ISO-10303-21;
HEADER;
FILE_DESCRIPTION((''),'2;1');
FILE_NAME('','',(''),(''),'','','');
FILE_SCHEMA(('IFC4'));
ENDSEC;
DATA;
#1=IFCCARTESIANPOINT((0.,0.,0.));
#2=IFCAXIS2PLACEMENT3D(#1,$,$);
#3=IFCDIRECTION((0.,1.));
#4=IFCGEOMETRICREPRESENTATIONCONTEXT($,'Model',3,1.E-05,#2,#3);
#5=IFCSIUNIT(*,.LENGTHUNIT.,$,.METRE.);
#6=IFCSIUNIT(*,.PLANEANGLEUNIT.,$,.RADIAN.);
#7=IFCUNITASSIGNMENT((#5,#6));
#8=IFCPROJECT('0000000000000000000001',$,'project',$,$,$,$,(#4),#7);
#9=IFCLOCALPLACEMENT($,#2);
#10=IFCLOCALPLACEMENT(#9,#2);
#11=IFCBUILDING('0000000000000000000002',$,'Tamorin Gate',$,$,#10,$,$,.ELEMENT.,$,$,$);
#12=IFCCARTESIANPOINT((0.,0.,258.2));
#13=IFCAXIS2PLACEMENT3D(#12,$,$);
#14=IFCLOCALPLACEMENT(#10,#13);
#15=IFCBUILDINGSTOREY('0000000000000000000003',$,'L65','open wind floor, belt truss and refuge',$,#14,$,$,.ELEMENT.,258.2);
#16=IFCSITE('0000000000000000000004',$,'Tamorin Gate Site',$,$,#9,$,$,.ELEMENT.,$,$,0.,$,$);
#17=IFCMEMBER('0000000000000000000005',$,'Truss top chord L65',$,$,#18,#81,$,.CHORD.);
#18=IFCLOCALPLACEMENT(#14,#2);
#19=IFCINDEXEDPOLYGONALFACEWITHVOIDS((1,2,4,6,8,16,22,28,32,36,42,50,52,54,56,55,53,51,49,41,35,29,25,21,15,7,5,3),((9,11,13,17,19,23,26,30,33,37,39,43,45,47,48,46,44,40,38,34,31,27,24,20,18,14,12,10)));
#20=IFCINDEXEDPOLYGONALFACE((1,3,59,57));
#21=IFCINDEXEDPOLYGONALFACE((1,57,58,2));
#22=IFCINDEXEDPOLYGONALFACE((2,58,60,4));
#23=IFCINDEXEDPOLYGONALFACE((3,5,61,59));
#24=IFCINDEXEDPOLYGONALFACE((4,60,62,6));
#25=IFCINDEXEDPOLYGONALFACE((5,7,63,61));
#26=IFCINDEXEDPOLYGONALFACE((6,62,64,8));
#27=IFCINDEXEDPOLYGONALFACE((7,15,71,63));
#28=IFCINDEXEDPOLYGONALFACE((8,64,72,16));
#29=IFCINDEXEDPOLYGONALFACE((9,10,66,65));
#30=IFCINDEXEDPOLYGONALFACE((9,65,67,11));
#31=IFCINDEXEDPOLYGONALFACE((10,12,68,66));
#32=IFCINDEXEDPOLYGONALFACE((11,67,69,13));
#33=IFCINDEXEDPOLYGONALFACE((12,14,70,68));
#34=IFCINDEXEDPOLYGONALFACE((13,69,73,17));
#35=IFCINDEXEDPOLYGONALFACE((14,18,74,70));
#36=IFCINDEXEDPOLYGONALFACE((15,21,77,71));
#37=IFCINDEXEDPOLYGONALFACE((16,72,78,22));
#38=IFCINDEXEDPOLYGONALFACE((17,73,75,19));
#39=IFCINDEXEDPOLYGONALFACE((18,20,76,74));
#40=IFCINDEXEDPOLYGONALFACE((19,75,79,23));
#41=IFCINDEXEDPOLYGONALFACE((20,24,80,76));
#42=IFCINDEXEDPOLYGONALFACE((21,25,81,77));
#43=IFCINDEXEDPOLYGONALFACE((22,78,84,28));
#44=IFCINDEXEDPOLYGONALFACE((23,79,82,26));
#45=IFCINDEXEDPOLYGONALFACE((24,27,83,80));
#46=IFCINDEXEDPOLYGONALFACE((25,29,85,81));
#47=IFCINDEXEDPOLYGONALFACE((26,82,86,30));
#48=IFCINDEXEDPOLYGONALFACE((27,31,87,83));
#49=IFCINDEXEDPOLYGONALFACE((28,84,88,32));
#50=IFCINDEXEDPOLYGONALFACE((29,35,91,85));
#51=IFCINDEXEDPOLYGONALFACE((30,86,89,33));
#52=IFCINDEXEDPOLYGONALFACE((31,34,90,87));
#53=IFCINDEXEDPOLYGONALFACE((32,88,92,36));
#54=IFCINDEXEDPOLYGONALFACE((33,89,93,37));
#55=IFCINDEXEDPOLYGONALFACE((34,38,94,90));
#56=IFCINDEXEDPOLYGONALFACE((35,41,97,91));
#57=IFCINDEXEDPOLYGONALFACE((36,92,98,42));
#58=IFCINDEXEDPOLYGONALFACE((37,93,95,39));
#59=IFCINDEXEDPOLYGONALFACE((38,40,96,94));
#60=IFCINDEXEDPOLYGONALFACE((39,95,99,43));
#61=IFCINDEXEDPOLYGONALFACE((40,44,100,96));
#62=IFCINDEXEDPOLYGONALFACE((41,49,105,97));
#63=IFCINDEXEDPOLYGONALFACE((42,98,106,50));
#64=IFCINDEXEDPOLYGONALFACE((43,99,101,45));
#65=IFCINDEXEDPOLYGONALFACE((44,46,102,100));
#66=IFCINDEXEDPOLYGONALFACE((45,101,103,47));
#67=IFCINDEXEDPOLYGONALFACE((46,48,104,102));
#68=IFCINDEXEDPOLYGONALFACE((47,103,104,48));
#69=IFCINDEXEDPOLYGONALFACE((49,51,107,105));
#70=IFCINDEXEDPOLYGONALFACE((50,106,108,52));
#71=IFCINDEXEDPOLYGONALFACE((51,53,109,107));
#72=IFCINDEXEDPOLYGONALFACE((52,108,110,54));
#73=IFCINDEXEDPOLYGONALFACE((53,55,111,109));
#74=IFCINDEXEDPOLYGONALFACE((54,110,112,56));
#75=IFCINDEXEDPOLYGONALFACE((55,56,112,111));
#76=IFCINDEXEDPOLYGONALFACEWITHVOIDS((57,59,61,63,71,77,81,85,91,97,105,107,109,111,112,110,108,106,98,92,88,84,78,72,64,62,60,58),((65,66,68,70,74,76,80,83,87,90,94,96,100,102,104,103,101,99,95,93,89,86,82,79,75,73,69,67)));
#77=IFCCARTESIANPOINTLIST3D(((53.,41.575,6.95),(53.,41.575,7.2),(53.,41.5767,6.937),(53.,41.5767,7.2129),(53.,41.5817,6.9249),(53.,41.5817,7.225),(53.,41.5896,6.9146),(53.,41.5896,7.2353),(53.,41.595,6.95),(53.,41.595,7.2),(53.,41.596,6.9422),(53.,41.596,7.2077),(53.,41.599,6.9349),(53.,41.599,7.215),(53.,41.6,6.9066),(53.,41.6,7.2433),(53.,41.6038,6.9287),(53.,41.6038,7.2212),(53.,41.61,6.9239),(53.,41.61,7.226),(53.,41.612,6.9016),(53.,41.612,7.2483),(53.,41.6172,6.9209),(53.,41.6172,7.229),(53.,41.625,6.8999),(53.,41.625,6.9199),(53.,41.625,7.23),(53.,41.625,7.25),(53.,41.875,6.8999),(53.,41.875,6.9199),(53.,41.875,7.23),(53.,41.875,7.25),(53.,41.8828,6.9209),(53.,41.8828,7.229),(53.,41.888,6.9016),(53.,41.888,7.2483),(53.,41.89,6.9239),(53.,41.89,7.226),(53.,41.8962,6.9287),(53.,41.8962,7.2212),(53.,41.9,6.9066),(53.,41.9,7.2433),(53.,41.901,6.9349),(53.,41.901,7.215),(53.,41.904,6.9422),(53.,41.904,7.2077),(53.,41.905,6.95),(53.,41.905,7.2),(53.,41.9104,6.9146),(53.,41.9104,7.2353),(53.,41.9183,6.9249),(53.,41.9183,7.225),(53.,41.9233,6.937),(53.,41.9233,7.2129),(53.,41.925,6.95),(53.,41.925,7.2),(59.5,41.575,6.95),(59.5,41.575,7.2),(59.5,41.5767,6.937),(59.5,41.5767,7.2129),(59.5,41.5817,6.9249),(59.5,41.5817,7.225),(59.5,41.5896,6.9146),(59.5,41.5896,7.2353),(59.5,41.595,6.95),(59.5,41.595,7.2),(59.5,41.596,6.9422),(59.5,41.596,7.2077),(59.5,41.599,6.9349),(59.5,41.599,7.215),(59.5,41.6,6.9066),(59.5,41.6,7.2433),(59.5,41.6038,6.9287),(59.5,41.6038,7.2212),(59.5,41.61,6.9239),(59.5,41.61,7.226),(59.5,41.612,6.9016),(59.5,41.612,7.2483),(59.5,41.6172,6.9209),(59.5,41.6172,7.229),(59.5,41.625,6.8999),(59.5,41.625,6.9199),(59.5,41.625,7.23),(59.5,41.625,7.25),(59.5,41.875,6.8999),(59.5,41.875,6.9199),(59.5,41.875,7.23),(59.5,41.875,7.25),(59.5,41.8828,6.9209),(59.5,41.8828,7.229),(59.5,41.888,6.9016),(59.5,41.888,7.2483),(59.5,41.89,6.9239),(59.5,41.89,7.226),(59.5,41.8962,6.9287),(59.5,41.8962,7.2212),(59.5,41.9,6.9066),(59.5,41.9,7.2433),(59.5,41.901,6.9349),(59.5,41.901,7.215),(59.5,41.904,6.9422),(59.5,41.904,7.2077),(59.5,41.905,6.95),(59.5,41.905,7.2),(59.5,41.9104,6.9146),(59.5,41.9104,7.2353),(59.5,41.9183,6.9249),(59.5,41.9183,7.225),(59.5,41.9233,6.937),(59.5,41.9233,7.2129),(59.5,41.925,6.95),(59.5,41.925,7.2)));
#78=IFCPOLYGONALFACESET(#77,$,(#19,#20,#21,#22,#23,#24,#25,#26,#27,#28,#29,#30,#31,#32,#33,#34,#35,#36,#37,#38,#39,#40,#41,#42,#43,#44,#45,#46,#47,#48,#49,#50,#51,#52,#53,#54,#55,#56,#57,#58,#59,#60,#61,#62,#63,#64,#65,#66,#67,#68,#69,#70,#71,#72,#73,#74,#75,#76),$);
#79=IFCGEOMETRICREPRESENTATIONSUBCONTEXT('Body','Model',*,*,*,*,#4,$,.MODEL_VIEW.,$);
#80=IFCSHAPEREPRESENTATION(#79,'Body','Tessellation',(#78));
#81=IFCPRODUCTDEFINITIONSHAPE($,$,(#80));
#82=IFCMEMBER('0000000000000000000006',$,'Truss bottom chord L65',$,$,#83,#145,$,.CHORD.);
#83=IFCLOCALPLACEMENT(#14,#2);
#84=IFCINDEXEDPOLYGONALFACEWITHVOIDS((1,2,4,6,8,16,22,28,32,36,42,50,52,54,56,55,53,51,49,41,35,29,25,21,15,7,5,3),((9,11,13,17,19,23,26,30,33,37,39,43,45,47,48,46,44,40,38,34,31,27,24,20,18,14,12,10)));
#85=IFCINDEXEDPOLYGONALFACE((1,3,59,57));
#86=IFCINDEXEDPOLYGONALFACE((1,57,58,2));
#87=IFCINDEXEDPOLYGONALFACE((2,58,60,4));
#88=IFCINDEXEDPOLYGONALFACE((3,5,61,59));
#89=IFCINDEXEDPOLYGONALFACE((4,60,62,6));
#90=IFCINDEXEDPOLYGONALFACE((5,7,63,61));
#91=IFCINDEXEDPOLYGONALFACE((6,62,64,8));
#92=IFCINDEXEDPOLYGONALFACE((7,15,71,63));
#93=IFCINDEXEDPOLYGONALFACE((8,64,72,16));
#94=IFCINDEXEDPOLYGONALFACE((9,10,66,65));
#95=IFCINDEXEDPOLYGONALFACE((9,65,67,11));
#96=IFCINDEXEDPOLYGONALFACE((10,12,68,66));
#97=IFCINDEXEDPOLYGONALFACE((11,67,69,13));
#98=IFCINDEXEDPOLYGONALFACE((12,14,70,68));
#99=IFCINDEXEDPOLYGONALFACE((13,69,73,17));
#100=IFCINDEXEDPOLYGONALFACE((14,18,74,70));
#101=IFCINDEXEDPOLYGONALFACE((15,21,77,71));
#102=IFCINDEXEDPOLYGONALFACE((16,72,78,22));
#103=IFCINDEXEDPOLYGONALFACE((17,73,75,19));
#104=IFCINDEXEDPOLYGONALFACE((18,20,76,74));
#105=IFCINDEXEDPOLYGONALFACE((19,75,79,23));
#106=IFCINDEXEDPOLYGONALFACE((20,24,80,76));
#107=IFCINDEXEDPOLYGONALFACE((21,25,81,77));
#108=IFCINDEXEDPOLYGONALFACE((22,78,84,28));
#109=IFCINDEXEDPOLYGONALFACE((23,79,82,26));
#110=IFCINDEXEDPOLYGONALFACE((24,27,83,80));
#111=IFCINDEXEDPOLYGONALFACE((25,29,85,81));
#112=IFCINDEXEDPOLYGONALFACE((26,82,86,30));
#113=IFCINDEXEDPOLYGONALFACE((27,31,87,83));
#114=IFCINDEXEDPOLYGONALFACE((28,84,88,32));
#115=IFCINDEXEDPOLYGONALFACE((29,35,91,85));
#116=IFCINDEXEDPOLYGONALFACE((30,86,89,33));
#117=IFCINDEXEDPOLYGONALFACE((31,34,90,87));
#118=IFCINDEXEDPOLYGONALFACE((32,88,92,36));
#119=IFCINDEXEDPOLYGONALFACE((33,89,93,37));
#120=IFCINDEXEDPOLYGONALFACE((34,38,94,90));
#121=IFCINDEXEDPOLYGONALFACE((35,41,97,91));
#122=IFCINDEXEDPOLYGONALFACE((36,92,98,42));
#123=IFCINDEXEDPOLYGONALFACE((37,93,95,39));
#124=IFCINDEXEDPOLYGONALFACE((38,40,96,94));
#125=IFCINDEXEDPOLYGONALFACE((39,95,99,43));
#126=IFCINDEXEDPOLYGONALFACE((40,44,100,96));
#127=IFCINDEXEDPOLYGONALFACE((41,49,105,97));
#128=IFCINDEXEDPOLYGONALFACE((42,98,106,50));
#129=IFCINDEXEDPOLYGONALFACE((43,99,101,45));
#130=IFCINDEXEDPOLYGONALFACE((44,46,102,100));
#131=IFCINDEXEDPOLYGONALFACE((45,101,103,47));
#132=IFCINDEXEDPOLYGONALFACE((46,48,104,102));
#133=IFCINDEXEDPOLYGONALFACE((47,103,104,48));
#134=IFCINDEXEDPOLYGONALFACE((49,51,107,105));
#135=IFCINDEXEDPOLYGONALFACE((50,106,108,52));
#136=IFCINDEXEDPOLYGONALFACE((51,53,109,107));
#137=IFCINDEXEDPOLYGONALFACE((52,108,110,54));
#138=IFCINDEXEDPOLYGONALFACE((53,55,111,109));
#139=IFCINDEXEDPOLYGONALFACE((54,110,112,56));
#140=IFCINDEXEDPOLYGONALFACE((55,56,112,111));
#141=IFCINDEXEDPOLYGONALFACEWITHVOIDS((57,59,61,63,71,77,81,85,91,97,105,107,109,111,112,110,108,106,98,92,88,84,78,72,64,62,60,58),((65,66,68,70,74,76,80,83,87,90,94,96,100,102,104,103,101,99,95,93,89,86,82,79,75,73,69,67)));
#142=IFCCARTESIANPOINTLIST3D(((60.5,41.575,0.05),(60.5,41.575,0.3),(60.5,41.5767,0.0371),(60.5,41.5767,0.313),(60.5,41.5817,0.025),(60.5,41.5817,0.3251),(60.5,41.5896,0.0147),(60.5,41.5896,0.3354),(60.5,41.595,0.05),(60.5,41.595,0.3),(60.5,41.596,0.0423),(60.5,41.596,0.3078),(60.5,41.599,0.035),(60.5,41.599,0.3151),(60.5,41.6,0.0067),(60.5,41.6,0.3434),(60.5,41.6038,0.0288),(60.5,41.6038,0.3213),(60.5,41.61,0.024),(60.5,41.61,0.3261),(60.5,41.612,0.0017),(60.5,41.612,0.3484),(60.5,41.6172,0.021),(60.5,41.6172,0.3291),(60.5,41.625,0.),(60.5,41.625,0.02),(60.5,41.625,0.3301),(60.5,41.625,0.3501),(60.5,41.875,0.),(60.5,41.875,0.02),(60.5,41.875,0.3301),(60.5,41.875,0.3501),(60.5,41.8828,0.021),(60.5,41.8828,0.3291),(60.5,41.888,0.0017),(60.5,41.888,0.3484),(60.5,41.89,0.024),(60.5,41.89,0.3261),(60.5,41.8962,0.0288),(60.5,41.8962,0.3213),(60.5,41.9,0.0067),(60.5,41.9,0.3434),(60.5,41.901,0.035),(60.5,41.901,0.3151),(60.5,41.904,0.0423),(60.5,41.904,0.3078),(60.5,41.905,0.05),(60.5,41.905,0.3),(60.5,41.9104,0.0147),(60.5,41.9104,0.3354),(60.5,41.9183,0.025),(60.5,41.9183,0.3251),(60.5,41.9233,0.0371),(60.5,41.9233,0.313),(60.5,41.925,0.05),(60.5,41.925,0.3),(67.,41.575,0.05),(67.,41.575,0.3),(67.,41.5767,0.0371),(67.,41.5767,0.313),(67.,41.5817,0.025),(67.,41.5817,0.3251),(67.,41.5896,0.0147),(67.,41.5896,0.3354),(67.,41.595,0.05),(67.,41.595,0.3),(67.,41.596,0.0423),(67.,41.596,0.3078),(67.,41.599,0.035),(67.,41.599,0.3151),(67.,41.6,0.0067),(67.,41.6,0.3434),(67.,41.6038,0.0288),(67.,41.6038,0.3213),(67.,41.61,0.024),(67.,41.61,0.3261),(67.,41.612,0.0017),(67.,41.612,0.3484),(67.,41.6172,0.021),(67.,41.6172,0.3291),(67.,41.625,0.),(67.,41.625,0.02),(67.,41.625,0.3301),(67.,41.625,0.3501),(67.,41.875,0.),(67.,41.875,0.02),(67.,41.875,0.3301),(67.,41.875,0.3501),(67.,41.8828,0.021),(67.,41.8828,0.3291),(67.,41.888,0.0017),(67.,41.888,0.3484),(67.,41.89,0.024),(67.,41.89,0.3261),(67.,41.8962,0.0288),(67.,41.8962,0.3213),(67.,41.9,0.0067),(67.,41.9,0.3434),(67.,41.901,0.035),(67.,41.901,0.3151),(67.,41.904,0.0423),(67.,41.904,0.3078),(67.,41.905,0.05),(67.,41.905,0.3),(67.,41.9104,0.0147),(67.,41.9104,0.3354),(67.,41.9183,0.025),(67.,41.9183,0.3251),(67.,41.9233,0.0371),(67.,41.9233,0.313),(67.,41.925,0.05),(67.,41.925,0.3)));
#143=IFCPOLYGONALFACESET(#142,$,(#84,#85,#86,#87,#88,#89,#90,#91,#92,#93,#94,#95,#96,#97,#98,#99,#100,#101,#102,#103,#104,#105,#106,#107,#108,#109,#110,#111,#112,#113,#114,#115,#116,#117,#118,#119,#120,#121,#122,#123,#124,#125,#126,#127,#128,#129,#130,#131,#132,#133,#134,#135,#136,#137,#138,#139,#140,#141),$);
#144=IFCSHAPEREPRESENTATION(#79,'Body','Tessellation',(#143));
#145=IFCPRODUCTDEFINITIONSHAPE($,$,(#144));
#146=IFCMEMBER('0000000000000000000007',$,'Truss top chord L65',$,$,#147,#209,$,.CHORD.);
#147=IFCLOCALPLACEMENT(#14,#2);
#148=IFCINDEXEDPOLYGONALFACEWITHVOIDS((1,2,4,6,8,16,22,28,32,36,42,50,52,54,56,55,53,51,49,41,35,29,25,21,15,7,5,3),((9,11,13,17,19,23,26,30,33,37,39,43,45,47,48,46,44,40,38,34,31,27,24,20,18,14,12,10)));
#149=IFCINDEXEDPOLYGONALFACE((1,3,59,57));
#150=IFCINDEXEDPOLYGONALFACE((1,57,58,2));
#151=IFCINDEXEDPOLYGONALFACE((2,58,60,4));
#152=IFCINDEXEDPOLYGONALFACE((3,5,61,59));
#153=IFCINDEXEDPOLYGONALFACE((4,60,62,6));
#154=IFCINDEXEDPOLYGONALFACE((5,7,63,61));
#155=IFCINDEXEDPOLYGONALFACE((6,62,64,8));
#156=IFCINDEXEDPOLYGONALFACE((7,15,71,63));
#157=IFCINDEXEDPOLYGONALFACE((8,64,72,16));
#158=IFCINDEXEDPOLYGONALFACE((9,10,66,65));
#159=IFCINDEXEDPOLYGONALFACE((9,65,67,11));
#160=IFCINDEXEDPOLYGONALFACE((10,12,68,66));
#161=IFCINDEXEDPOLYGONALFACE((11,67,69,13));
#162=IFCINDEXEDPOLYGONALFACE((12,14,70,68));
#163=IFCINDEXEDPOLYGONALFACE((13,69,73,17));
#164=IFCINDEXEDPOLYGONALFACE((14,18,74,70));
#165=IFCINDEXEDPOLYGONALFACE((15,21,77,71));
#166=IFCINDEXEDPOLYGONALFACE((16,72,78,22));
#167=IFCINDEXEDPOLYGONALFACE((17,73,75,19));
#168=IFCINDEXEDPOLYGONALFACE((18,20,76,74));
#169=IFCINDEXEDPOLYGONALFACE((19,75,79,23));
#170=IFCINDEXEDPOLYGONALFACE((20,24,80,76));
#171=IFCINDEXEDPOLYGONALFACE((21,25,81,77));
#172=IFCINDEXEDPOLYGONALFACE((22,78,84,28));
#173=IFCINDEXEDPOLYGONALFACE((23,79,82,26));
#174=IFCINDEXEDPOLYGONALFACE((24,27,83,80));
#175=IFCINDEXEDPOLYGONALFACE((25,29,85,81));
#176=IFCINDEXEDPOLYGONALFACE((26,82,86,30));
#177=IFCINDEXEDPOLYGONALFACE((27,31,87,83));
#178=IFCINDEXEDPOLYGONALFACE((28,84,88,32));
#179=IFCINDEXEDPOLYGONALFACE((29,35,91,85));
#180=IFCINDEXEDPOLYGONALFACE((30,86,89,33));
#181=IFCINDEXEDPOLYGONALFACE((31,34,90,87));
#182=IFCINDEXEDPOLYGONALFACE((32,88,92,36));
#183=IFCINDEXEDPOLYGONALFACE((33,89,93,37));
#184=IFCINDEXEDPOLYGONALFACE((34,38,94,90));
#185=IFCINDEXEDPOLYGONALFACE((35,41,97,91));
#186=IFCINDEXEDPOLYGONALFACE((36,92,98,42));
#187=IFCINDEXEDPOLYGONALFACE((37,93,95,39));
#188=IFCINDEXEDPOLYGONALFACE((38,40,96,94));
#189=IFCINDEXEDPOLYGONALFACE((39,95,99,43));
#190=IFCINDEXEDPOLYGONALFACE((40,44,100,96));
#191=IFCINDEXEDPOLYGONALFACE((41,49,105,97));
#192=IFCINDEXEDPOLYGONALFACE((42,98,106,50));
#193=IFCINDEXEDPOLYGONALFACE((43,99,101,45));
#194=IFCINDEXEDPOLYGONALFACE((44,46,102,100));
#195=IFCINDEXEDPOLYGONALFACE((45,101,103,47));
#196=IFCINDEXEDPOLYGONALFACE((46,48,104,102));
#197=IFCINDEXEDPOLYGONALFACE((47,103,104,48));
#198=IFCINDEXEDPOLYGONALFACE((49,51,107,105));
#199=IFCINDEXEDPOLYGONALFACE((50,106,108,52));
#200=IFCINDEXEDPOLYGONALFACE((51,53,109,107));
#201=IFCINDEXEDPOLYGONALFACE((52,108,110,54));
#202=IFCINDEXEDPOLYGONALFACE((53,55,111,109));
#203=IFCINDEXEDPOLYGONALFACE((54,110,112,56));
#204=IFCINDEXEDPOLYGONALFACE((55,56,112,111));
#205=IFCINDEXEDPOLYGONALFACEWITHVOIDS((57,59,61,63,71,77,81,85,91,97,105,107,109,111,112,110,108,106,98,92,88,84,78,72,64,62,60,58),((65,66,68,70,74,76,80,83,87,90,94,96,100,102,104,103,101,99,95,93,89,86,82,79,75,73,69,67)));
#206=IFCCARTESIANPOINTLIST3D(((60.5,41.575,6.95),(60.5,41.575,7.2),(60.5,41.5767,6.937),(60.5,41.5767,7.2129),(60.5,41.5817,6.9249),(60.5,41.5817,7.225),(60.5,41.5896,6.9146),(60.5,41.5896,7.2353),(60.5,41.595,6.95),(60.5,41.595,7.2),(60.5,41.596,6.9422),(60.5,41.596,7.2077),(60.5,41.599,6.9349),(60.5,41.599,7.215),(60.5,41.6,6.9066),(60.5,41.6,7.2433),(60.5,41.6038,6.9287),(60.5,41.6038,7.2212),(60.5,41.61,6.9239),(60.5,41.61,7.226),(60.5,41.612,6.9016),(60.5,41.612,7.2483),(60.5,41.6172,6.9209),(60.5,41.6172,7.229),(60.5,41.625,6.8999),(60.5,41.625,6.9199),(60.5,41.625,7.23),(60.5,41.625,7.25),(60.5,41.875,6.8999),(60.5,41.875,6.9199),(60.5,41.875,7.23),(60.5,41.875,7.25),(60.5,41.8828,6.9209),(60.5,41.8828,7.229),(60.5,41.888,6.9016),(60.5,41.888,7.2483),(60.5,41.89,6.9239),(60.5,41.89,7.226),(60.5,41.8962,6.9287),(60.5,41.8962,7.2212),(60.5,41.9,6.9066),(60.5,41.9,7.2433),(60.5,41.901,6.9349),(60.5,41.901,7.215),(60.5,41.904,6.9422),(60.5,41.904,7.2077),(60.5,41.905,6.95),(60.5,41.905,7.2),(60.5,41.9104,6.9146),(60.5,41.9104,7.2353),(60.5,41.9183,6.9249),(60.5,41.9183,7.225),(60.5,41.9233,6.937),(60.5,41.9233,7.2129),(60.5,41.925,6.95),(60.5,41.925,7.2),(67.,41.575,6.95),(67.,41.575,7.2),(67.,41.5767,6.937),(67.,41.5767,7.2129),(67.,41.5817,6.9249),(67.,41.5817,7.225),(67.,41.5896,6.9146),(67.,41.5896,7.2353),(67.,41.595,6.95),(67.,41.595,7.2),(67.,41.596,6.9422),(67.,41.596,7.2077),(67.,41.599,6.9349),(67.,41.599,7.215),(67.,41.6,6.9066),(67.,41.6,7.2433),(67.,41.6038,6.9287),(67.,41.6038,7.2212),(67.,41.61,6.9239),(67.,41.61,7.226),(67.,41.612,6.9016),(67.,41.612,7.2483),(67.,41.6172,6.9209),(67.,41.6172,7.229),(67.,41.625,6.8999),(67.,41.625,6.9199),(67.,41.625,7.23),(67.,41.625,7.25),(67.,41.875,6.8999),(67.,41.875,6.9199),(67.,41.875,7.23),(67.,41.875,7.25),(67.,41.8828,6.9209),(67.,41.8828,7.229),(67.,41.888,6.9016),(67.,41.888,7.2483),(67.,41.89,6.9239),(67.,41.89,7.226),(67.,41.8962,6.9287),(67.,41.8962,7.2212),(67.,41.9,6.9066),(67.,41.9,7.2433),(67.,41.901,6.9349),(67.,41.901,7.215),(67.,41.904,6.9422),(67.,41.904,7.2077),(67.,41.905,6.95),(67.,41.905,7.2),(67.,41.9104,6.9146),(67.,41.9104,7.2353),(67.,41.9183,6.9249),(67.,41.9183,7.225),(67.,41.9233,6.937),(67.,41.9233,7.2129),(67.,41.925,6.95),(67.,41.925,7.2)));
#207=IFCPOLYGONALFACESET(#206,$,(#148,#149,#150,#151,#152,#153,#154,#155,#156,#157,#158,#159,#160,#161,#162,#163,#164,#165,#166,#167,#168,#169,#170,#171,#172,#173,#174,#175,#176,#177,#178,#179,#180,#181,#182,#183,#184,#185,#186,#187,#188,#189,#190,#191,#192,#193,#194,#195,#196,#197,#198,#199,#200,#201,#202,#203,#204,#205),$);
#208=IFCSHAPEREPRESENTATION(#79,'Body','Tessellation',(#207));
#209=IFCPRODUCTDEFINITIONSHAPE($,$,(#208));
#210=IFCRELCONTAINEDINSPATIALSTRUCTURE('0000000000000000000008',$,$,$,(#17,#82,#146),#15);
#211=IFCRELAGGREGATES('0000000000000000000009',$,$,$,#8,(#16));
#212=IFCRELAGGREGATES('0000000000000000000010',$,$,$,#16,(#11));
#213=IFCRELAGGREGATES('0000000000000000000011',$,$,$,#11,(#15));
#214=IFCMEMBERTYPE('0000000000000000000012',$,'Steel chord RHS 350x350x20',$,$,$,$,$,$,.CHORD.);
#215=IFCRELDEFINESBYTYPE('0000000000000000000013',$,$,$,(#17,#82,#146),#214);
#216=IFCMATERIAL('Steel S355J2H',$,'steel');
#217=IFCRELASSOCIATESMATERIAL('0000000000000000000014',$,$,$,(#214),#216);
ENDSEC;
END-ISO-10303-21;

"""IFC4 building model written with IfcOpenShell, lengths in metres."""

from ifc_helpers import new_model, si_unit, direction, frame, origin, origin_2d, place, context, subcontext, project, spatial, hollow_rectangle, extrude, material, material_profile, profile_set, type_object, element, save


model = new_model("IFC4")

# Units and contexts
model_context = context("Model", 3, precision=1e-05, world=origin(), true_north=direction((0.0, 1.0)))
body_context = subcontext(model_context, "Body", "Model", "MODEL_VIEW")
ifc_project = project(units=[si_unit("LENGTHUNIT", "METRE"), si_unit("PLANEANGLEUNIT", "RADIAN")], contexts=[model_context])

# Site, building, storey
site_placement = place(None, origin())
site = spatial("IfcSite", under=ifc_project, at=site_placement, Name="Tamorin Gate Site", CompositionType="ELEMENT", RefElevation=0.0)
building_placement = place(site_placement, origin())
building = spatial("IfcBuilding", under=site, at=building_placement, Name="Tamorin Gate", CompositionType="ELEMENT")
storey_placement = place(building_placement, frame((0.0, 0.0, 258.2)))
storey = spatial("IfcBuildingStorey", under=building, at=storey_placement, Name="L65", Description="open wind floor, belt truss and refuge", CompositionType="ELEMENT", Elevation=258.2)

# Members
ifc_material_1 = material(Name="Steel S355J2H", Category="steel")
ifc_material_profile_1 = material_profile(ifc_material_1, hollow_rectangle(XDim=0.3501, YDim=0.3501, WallThickness=0.02, InnerFilletRadius=0.03, OuterFilletRadius=0.05, at=origin_2d()), Name="RHS 350x350x20")
ifc_profile_set_1 = profile_set([ifc_material_profile_1], Name="Steel S355J2H")
member_type_1 = type_object("IfcMemberType", Name="Steel chord RHS 350x350x20", PredefinedType="CHORD", material=ifc_profile_set_1)
for number, where, z_axis, x_axis, name in (
    (1, (53.0, 41.75, 7.075), (1.0, 0.0, 0.0), (0.0, 1.0, 0.0), "Truss top chord L65"),
    (2, (60.5, 41.75, 0.175), (1.0, 0.0, 0.0), (0.0, 1.0, 0.0), "Truss bottom chord L65"),
    (3, (60.5, 41.75, 7.075), (1.0, 0.0, 0.0), (0.0, 1.0, 0.0), "Truss top chord L65"),
):
    element("IfcMember", number, at=place(storey_placement, frame(where, z_axis=z_axis, x_axis=x_axis)), inside=storey, type_object=member_type_1, Name=name, PredefinedType="CHORD", context=body_context, shape_type="SweptSolid", body=[
        extrude(hollow_rectangle(XDim=0.3501, YDim=0.3501, WallThickness=0.02, InnerFilletRadius=0.03, OuterFilletRadius=0.05, at=origin_2d()), origin(), (0.0, 0.0, 1.0), 6.5),
    ])

save(model, "model.ifc")
